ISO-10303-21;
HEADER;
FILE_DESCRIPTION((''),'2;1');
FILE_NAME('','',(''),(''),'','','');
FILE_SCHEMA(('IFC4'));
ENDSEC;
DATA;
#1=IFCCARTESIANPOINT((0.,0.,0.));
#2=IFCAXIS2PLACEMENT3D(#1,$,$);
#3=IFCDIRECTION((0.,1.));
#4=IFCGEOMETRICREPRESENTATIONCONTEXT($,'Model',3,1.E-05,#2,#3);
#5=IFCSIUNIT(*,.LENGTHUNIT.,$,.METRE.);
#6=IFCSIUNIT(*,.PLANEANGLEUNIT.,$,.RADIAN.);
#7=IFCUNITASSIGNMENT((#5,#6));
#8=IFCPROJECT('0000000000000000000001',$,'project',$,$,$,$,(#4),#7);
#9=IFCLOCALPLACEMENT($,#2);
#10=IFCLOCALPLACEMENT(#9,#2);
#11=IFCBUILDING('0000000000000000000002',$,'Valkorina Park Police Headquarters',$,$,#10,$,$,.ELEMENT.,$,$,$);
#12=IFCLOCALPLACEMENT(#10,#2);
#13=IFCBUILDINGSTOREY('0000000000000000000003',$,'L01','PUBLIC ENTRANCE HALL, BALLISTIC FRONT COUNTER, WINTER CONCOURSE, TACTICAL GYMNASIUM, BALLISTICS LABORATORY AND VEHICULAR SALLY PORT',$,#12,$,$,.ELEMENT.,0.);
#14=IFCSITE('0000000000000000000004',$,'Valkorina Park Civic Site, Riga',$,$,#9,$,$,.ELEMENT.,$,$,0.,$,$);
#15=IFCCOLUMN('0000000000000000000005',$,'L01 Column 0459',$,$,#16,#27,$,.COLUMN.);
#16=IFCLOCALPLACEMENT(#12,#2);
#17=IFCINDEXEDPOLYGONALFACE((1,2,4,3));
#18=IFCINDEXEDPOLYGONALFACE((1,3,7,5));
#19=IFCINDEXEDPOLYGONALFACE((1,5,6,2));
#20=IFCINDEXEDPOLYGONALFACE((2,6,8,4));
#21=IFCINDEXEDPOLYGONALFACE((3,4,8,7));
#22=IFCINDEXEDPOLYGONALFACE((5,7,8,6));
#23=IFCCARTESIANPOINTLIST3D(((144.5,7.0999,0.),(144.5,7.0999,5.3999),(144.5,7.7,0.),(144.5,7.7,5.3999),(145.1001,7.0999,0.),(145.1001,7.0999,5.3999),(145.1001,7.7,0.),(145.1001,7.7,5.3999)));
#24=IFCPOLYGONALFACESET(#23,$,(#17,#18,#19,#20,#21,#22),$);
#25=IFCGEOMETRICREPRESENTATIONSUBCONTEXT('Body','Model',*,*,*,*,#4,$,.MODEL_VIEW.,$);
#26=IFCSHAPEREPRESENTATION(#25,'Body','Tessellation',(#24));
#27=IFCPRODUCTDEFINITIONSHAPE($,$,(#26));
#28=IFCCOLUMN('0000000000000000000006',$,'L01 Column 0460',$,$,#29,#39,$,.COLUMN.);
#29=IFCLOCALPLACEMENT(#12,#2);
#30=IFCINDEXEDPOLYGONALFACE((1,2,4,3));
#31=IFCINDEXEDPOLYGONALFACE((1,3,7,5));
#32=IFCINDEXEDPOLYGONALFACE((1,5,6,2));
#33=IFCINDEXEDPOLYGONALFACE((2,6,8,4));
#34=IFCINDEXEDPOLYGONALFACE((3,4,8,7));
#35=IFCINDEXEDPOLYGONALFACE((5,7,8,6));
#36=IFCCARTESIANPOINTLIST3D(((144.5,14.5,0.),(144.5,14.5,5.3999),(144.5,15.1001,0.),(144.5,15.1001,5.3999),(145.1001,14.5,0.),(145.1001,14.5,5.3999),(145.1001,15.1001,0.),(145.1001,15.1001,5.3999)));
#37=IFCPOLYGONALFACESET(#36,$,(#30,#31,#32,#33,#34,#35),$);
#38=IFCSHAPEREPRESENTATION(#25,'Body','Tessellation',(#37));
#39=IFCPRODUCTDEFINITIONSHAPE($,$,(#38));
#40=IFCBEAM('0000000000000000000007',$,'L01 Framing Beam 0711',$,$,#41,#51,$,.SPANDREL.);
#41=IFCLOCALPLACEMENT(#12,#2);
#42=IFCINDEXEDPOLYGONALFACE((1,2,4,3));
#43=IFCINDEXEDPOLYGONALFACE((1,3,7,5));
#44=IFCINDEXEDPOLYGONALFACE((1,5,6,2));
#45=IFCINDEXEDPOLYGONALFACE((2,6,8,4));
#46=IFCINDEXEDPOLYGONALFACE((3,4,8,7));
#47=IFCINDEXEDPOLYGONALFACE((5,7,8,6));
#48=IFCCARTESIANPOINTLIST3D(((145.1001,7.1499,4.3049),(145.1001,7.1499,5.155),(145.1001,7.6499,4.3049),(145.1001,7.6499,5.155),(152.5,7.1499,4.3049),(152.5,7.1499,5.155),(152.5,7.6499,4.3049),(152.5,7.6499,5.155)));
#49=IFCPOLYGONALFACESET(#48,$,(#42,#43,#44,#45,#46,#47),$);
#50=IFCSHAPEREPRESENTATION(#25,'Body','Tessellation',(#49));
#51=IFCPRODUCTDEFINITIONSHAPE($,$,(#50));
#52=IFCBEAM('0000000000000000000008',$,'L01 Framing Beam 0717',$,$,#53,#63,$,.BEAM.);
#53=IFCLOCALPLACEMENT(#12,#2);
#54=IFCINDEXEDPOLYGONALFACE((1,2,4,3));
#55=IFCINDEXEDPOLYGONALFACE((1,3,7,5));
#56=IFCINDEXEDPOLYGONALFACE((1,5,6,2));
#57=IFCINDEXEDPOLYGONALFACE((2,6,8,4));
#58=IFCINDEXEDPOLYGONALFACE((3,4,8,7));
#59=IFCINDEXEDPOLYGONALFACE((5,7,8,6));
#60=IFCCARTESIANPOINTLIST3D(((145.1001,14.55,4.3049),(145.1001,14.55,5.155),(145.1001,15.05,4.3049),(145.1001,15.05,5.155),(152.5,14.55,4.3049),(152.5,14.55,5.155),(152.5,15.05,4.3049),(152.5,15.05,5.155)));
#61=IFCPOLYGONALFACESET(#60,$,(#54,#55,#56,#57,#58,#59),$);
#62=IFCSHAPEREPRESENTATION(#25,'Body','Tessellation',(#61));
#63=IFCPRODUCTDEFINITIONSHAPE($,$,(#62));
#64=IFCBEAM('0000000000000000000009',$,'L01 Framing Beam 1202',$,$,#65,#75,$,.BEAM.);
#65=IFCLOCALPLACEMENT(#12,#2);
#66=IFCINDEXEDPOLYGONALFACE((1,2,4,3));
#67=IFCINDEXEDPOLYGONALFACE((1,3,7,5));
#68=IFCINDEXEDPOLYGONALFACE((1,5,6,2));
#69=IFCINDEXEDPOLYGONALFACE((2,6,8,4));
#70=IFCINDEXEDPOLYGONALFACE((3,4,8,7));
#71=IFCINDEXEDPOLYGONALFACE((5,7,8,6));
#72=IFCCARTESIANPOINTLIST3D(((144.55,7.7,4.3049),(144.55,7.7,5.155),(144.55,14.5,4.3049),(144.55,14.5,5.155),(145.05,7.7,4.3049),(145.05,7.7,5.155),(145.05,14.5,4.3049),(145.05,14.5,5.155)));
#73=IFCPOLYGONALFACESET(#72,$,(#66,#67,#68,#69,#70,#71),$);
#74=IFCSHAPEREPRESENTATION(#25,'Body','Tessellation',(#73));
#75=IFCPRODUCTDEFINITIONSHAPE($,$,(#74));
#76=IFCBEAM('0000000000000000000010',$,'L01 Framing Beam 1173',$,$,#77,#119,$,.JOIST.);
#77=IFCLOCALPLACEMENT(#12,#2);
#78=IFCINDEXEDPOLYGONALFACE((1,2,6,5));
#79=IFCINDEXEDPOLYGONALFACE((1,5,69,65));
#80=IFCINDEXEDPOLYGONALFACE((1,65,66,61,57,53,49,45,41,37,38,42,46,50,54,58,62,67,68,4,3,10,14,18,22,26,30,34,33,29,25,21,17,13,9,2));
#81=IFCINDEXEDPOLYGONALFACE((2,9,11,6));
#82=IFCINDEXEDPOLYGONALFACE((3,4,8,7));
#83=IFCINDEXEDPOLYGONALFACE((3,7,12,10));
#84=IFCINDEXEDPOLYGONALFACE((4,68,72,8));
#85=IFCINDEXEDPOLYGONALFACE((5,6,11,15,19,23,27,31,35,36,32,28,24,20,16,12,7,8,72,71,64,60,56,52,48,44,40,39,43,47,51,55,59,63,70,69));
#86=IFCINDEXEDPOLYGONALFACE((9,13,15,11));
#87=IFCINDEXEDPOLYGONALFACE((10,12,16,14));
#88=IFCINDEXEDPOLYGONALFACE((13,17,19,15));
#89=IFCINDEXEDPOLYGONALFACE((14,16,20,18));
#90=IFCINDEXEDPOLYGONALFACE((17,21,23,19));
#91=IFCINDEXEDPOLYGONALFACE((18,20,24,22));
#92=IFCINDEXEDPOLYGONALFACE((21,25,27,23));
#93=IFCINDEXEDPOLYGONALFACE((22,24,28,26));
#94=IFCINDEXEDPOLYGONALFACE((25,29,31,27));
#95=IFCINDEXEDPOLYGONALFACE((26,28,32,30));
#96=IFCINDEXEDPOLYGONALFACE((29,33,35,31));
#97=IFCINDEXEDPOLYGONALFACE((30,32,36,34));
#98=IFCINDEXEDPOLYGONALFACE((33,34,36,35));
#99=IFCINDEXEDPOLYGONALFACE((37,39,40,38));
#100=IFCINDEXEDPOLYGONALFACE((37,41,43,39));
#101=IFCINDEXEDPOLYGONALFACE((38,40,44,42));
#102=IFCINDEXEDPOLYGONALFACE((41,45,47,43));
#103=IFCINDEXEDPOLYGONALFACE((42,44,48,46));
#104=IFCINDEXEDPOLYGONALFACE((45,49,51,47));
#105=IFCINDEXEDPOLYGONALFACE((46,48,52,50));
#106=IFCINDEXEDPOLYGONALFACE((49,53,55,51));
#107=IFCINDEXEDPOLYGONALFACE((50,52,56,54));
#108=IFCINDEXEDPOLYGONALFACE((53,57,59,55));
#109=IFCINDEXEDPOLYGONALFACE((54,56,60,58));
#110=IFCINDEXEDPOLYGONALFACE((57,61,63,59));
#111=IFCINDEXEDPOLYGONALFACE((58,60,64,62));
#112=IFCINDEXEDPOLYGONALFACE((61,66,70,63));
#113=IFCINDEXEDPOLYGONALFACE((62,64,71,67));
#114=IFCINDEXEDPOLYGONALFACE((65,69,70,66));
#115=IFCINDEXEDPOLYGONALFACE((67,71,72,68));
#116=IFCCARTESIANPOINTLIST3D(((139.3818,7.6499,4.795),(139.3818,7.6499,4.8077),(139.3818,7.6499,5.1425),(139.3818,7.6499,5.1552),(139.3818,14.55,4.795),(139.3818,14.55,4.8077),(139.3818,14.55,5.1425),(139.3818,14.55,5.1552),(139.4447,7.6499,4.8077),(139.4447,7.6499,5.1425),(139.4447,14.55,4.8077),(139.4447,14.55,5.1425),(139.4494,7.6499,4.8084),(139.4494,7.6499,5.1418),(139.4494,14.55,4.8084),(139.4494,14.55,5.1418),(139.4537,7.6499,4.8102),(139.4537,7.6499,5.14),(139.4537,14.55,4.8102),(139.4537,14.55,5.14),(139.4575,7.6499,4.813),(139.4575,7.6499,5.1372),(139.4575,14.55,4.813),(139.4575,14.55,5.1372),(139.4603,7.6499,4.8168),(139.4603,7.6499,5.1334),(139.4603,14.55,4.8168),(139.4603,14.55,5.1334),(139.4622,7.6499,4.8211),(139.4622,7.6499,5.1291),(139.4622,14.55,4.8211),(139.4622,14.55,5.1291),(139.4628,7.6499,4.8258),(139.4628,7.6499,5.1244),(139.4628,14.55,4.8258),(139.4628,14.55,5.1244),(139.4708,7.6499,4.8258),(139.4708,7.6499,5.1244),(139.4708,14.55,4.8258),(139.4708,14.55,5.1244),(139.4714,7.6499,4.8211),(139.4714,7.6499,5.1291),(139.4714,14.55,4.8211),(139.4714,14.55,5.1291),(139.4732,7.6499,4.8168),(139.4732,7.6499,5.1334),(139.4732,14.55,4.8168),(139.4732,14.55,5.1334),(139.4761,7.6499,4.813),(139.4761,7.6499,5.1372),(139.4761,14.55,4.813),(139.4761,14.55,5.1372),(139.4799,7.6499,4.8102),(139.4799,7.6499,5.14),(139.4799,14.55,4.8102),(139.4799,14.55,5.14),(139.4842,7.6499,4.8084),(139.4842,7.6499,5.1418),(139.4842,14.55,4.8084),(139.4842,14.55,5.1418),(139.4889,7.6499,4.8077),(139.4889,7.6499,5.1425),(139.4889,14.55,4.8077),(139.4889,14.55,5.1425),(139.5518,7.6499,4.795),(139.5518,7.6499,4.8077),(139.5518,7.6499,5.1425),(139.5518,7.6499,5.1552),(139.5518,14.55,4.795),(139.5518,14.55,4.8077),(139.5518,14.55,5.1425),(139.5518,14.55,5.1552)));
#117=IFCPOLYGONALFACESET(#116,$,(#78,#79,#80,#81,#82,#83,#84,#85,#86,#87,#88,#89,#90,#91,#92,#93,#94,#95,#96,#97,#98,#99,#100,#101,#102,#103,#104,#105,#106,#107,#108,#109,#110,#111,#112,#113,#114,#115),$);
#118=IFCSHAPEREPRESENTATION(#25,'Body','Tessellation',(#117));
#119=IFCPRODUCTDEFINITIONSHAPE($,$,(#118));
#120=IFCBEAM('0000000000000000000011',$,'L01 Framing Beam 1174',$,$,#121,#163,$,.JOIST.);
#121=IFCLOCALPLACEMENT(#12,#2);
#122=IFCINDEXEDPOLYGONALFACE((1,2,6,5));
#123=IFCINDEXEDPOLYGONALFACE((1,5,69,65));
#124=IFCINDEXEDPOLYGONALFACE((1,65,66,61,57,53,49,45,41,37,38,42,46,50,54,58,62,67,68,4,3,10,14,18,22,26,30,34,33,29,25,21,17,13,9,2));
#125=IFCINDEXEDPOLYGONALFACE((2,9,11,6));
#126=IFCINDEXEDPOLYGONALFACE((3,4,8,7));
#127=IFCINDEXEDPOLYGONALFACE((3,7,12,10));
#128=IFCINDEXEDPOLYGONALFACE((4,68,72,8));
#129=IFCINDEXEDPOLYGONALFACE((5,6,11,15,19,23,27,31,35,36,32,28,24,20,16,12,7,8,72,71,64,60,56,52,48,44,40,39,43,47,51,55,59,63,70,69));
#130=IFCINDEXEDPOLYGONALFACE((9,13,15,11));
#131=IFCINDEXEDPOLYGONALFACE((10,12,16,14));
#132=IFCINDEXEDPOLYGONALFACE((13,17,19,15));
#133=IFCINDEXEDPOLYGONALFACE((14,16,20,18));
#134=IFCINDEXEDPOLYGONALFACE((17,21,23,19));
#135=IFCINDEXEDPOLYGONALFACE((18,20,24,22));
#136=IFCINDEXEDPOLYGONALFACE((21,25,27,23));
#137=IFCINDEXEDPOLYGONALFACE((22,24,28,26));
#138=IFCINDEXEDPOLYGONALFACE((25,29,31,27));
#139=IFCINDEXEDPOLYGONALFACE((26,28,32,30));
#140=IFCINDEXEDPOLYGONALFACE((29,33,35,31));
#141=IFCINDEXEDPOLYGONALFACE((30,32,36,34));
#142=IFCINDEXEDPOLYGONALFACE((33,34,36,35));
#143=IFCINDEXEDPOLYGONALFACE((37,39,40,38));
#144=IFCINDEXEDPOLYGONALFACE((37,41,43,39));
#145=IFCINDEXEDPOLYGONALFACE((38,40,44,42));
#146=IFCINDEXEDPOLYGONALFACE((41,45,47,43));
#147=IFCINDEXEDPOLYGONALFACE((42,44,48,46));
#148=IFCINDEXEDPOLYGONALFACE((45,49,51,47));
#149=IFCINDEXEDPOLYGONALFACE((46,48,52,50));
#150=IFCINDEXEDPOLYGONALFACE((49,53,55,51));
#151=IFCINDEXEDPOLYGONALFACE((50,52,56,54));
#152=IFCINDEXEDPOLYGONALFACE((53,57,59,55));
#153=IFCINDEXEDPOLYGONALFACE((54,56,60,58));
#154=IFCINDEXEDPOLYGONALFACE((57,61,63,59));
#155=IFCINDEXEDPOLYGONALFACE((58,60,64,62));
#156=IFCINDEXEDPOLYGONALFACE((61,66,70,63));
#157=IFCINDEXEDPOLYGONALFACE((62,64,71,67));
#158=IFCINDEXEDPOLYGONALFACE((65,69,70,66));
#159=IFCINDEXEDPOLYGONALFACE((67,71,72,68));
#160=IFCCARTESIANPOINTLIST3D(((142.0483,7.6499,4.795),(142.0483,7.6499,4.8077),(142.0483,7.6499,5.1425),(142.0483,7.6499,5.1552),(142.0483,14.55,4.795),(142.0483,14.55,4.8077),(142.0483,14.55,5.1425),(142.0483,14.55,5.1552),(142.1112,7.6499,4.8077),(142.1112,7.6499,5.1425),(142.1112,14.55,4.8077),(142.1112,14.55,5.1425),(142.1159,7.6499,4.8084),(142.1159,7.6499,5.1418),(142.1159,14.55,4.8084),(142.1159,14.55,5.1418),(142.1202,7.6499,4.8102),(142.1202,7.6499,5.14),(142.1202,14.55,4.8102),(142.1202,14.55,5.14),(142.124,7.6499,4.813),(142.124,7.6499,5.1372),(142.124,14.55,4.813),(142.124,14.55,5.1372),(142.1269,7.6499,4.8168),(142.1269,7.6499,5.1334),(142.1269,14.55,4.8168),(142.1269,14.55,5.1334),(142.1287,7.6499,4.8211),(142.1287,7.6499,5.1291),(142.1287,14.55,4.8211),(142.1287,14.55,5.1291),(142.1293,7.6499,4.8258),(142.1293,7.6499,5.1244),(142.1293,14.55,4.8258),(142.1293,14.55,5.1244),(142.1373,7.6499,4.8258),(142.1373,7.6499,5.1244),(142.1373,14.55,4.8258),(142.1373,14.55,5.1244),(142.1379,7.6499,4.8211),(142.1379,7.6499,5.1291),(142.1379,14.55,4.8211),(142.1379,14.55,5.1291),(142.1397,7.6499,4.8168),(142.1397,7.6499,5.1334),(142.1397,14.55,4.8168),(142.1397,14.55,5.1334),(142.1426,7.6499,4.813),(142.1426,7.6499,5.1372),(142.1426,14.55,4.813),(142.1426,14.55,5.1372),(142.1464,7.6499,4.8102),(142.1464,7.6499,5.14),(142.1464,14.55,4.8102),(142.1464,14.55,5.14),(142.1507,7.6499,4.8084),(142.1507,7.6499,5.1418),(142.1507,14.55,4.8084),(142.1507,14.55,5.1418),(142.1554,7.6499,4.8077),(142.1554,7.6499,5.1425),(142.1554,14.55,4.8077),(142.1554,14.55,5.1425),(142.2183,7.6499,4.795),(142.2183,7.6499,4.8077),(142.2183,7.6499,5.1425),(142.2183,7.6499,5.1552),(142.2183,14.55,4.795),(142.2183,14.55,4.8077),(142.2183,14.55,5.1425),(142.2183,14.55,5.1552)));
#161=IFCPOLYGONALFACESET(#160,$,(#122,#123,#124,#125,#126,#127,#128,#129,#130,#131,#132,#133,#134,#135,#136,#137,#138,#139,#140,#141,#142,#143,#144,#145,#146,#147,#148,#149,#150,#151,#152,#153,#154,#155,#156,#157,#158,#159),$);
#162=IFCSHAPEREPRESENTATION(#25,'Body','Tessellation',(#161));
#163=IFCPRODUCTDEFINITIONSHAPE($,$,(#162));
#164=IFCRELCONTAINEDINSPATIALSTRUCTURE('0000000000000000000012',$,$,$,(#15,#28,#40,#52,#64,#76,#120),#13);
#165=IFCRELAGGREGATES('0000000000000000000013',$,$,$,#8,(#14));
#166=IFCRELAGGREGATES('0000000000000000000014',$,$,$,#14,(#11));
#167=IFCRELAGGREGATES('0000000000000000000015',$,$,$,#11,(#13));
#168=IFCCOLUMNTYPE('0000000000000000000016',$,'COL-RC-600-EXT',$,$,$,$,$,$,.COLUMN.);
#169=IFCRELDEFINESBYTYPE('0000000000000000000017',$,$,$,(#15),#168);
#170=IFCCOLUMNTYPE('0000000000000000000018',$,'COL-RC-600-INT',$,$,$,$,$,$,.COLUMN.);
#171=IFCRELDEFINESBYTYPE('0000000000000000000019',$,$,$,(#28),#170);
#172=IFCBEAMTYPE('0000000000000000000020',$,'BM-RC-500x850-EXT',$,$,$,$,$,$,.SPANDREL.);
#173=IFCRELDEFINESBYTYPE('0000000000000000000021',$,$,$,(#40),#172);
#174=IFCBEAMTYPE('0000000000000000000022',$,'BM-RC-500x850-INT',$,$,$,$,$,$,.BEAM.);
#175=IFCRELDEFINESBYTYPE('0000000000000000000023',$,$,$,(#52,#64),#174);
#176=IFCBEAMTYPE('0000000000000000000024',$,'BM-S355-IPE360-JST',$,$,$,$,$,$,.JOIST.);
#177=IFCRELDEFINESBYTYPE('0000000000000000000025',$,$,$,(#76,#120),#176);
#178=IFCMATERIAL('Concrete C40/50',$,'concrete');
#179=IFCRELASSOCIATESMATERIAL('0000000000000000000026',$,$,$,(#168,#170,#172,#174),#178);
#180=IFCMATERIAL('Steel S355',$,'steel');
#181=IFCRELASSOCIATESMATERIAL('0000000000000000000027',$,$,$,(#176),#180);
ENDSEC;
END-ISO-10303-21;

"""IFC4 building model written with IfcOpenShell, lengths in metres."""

from ifc_helpers import new_model, si_unit, direction, frame, origin, origin_2d, place, context, subcontext, project, spatial, rectangle, i_section, extrude, material, material_profile, profile_set, type_object, element, save


model = new_model("IFC4")

# Units and contexts
model_context = context("Model", 3, precision=1e-05, world=origin(), true_north=direction((0.0, 1.0)))
body_context = subcontext(model_context, "Body", "Model", "MODEL_VIEW")
ifc_project = project(units=[si_unit("LENGTHUNIT", "METRE"), si_unit("PLANEANGLEUNIT", "RADIAN")], contexts=[model_context])

# Site, building, storey
site_placement = place(None, origin())
site = spatial("IfcSite", under=ifc_project, at=site_placement, Name="Valkorina Park Civic Site, Riga", CompositionType="ELEMENT", RefElevation=0.0)
building_placement = place(site_placement, origin())
building = spatial("IfcBuilding", under=site, at=building_placement, Name="Valkorina Park Police Headquarters", CompositionType="ELEMENT")
storey_placement = place(building_placement, origin())
storey = spatial("IfcBuildingStorey", under=building, at=storey_placement, Name="L01", Description="PUBLIC ENTRANCE HALL, BALLISTIC FRONT COUNTER, WINTER CONCOURSE, TACTICAL GYMNASIUM, BALLISTICS LABORATORY AND VEHICULAR SALLY PORT", CompositionType="ELEMENT", Elevation=0.0)

# Columns
ifc_material_1 = material(Name="Concrete C40/50", Category="concrete")
ifc_material_profile_1 = material_profile(ifc_material_1, rectangle(XDim=0.6001, YDim=0.6001, at=origin_2d()), Name="RC COL 600x600")
ifc_profile_set_1 = profile_set([ifc_material_profile_1], Name="Concrete C40/50")
column_type_1 = type_object("IfcColumnType", Name="COL-RC-600-EXT", PredefinedType="COLUMN", material=ifc_profile_set_1)
column_1_placement = place(storey_placement, frame((144.8, 7.3999, 0.0), z_axis=(0.0, 0.0, 1.0), x_axis=(1.0, 0.0, 0.0)))
element("IfcColumn", 1, at=column_1_placement, inside=storey, type_object=column_type_1, Name="L01 Column 0459", PredefinedType="COLUMN", context=body_context, shape_type="SweptSolid", body=[
    extrude(rectangle(XDim=0.6001, YDim=0.6001, at=origin_2d()), origin(), (0.0, 0.0, 1.0), 5.3999),
])
ifc_material_profile_2 = material_profile(ifc_material_1, rectangle(XDim=0.6001, YDim=0.6001, at=origin_2d()), Name="RC COL 600x600")
ifc_profile_set_2 = profile_set([ifc_material_profile_2], Name="Concrete C40/50")
column_type_2 = type_object("IfcColumnType", Name="COL-RC-600-INT", PredefinedType="COLUMN", material=ifc_profile_set_2)
column_2_placement = place(storey_placement, frame((144.8, 14.8, 0.0), z_axis=(0.0, 0.0, 1.0), x_axis=(1.0, 0.0, 0.0)))
element("IfcColumn", 2, at=column_2_placement, inside=storey, type_object=column_type_2, Name="L01 Column 0460", PredefinedType="COLUMN", context=body_context, shape_type="SweptSolid", body=[
    extrude(rectangle(XDim=0.6001, YDim=0.6001, at=origin_2d()), origin(), (0.0, 0.0, 1.0), 5.3999),
])

# Beams
ifc_material_profile_3 = material_profile(ifc_material_1, rectangle(XDim=0.5, YDim=0.8501, at=origin_2d()), Name="RC BEAM 500x850")
ifc_profile_set_3 = profile_set([ifc_material_profile_3], Name="Concrete C40/50")
beam_type_1 = type_object("IfcBeamType", Name="BM-RC-500x850-EXT", PredefinedType="SPANDREL", material=ifc_profile_set_3)
beam_1_placement = place(storey_placement, frame((145.1001, 7.3999, 4.73), z_axis=(1.0, 0.0, 0.0), x_axis=(0.0, 1.0, 0.0)))
element("IfcBeam", 3, at=beam_1_placement, inside=storey, type_object=beam_type_1, Name="L01 Framing Beam 0711", PredefinedType="SPANDREL", context=body_context, shape_type="SweptSolid", body=[
    extrude(rectangle(XDim=0.5, YDim=0.8501, at=origin_2d()), origin(), (0.0, 0.0, 1.0), 7.3999),
])
ifc_material_profile_4 = material_profile(ifc_material_1, rectangle(XDim=0.5, YDim=0.8501, at=origin_2d()), Name="RC BEAM 500x850")
ifc_profile_set_4 = profile_set([ifc_material_profile_4], Name="Concrete C40/50")
beam_type_2 = type_object("IfcBeamType", Name="BM-RC-500x850-INT", PredefinedType="BEAM", material=ifc_profile_set_4)
beam_2_placement = place(storey_placement, frame((145.1001, 14.8, 4.73), z_axis=(1.0, 0.0, 0.0), x_axis=(0.0, 1.0, 0.0)))
element("IfcBeam", 4, at=beam_2_placement, inside=storey, type_object=beam_type_2, Name="L01 Framing Beam 0717", PredefinedType="BEAM", context=body_context, shape_type="SweptSolid", body=[
    extrude(rectangle(XDim=0.5, YDim=0.8501, at=origin_2d()), origin(), (0.0, 0.0, 1.0), 7.3999),
])
beam_3_placement = place(storey_placement, frame((144.8, 7.7, 4.73), z_axis=(0.0, 1.0, 0.0), x_axis=(-1.0, 0.0, 0.0)))
element("IfcBeam", 5, at=beam_3_placement, inside=storey, type_object=beam_type_2, Name="L01 Framing Beam 1202", PredefinedType="BEAM", context=body_context, shape_type="SweptSolid", body=[
    extrude(rectangle(XDim=0.5, YDim=0.8501, at=origin_2d()), origin(), (0.0, 0.0, 1.0), 6.8),
])
ifc_material_2 = material(Name="Steel S355", Category="steel")
ifc_material_profile_5 = material_profile(ifc_material_2, i_section(OverallWidth=0.1699, OverallDepth=0.3601, WebThickness=0.0081, FlangeThickness=0.0127, FilletRadius=0.0181, at=origin_2d()), Name="IPE 360")
ifc_profile_set_5 = profile_set([ifc_material_profile_5], Name="Steel S355")
beam_type_3 = type_object("IfcBeamType", Name="BM-S355-IPE360-JST", PredefinedType="JOIST", material=ifc_profile_set_5)
for number, where, z_axis, x_axis, name in (
    (6, (139.4668, 7.6499, 4.9751), (0.0, 1.0, 0.0), (-1.0, 0.0, 0.0), "L01 Framing Beam 1173"),
    (7, (142.1333, 7.6499, 4.9751), (0.0, 1.0, 0.0), (-1.0, 0.0, 0.0), "L01 Framing Beam 1174"),
):
    element("IfcBeam", number, at=place(storey_placement, frame(where, z_axis=z_axis, x_axis=x_axis)), inside=storey, type_object=beam_type_3, Name=name, PredefinedType="JOIST", context=body_context, shape_type="SweptSolid", body=[
        extrude(i_section(OverallWidth=0.1699, OverallDepth=0.3601, WebThickness=0.0081, FlangeThickness=0.0127, FilletRadius=0.0181, at=origin_2d()), origin(), (0.0, 0.0, 1.0), 6.9001),
    ])

save(model, "model.ifc")
